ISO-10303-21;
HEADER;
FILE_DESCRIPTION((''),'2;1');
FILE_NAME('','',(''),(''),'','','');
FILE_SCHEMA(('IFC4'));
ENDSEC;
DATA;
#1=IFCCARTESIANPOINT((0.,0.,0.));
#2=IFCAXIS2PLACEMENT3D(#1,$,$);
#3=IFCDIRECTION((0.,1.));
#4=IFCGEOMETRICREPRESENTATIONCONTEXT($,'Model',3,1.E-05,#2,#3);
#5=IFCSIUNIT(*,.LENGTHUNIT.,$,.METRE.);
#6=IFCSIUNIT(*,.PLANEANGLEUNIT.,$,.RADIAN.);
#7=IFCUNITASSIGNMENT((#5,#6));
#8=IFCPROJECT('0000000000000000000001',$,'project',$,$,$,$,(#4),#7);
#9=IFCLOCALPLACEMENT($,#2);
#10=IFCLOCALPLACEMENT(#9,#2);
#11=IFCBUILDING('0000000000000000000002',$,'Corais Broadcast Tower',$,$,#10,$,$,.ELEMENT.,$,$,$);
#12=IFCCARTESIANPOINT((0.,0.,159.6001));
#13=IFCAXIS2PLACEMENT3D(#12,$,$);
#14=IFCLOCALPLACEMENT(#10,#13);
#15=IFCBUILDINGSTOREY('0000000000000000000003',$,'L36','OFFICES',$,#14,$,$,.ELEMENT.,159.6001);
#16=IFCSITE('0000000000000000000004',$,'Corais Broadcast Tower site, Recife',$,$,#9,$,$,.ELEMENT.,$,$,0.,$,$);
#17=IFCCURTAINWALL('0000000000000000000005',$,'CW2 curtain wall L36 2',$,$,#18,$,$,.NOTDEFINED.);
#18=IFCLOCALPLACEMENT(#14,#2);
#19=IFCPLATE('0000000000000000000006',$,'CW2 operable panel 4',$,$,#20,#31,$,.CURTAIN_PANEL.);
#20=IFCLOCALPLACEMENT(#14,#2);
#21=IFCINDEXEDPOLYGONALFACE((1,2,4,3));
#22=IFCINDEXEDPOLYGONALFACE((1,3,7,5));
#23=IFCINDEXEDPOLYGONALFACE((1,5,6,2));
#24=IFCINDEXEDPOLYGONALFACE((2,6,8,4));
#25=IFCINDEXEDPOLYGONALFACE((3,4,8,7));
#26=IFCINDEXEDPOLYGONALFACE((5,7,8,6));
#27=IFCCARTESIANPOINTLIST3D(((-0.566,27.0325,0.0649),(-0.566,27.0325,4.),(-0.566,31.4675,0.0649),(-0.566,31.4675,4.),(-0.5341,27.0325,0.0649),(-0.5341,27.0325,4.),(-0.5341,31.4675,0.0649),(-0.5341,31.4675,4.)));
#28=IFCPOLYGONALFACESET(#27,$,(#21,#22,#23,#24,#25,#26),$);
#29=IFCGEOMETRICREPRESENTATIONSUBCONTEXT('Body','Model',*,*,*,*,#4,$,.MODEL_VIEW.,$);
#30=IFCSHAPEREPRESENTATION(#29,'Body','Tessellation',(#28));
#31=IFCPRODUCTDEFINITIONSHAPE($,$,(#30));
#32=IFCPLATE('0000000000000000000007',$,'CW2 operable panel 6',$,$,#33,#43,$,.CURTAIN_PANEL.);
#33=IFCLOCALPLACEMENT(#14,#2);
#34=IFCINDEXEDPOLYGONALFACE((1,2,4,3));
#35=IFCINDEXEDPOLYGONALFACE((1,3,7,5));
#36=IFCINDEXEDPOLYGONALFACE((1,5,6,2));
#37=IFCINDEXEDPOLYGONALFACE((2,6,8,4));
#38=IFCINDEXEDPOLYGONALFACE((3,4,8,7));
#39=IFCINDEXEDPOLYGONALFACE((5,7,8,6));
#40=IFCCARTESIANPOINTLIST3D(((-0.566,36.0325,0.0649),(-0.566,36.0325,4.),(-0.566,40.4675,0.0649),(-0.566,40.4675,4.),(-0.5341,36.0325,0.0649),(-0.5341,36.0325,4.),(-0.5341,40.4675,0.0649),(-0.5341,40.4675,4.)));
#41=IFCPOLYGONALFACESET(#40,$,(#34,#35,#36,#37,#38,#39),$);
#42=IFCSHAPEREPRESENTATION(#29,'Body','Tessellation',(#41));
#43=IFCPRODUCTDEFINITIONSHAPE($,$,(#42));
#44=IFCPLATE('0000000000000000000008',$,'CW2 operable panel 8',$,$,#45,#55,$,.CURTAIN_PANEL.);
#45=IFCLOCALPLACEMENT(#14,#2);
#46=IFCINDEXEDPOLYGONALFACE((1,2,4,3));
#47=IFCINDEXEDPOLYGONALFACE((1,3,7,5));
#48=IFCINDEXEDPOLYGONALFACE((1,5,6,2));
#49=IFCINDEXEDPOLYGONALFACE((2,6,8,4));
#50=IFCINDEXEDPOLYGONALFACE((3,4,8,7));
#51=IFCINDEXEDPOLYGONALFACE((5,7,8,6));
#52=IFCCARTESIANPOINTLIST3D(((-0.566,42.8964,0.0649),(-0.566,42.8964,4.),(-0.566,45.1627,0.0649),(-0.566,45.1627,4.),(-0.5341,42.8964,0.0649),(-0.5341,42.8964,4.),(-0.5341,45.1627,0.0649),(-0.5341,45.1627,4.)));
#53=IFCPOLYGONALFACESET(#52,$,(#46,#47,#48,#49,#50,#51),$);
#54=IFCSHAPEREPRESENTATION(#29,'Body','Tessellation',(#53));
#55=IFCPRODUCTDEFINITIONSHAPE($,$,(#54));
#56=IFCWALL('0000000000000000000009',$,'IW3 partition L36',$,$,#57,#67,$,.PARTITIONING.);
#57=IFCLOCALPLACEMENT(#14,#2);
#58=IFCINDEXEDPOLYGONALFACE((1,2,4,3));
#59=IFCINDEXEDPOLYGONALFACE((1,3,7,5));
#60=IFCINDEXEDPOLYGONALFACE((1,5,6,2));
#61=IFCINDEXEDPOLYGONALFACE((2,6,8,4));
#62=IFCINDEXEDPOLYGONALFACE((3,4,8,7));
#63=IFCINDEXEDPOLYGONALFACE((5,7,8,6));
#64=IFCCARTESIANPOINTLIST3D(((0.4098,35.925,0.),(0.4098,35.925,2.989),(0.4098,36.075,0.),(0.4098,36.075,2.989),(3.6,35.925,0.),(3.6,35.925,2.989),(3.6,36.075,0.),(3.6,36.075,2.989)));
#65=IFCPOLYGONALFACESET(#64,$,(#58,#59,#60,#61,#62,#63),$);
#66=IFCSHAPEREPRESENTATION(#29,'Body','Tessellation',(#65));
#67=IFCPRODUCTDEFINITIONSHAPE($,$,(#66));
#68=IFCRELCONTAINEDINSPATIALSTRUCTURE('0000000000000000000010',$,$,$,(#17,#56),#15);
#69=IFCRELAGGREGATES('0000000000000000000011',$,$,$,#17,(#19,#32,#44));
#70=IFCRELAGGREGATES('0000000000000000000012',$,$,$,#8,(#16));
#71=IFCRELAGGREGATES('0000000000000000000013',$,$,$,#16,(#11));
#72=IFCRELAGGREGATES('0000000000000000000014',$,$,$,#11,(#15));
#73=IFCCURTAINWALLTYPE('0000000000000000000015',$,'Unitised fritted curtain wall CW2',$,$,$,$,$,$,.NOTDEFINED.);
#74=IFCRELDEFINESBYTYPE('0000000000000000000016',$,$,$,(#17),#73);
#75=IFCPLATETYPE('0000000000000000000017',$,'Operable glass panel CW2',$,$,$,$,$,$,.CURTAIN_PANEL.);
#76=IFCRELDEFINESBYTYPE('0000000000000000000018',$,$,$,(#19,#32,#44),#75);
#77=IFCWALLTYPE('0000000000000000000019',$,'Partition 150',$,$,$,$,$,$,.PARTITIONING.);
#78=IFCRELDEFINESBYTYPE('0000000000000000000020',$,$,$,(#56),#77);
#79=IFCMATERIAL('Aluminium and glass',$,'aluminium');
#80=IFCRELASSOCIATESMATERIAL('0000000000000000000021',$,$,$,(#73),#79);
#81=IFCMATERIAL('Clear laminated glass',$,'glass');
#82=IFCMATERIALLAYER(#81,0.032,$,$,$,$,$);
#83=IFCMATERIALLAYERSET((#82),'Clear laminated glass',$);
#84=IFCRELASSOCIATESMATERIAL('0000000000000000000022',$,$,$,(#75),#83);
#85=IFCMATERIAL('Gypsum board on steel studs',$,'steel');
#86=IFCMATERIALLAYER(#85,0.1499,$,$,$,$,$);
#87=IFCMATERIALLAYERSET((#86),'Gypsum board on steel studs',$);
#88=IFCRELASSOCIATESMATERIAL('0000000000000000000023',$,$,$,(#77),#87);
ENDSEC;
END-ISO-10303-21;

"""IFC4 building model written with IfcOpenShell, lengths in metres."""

from ifc_helpers import new_model, si_unit, direction, frame, frame_2d, origin, origin_2d, place, context, subcontext, project, spatial, rectangle, extrude, material, layer, layer_set, type_object, element, aggregate, save


model = new_model("IFC4")

# Units and contexts
model_context = context("Model", 3, precision=1e-05, world=origin(), true_north=direction((0.0, 1.0)))
body_context = subcontext(model_context, "Body", "Model", "MODEL_VIEW")
ifc_project = project(units=[si_unit("LENGTHUNIT", "METRE"), si_unit("PLANEANGLEUNIT", "RADIAN")], contexts=[model_context])

# Site, building, storey
site_placement = place(None, origin())
site = spatial("IfcSite", under=ifc_project, at=site_placement, Name="Corais Broadcast Tower site, Recife", CompositionType="ELEMENT", RefElevation=0.0)
building_placement = place(site_placement, origin())
building = spatial("IfcBuilding", under=site, at=building_placement, Name="Corais Broadcast Tower", CompositionType="ELEMENT")
storey_placement = place(building_placement, frame((0.0, 0.0, 159.6001)))
storey = spatial("IfcBuildingStorey", under=building, at=storey_placement, Name="L36", Description="OFFICES", CompositionType="ELEMENT", Elevation=159.6001)

# Curtain wall
ifc_material_1 = material(Name="Aluminium and glass", Category="aluminium")
curtain_wall_type = type_object("IfcCurtainWallType", Name="Unitised fritted curtain wall CW2", PredefinedType="NOTDEFINED", material=ifc_material_1)
curtain_wall_placement = place(storey_placement, origin())
curtain_wall = element("IfcCurtainWall", 1, at=curtain_wall_placement, inside=storey, type_object=curtain_wall_type, Name="CW2 curtain wall L36 2", PredefinedType="NOTDEFINED")

# Plates
ifc_material_2 = material(Name="Clear laminated glass", Category="glass")
ifc_layer_1 = layer(ifc_material_2, 0.032)
ifc_layer_set_1 = layer_set([ifc_layer_1], Name="Clear laminated glass")
plate_type_1 = type_object("IfcPlateType", Name="Operable glass panel CW2", PredefinedType="CURTAIN_PANEL", material=ifc_layer_set_1)
plate_1_placement = place(storey_placement, frame((-0.55, 29.25, 0.0649), z_axis=(0.0, 0.0, 1.0), x_axis=(0.0, 1.0, 0.0)))
plate_1 = element("IfcPlate", 2, at=plate_1_placement, type_object=plate_type_1, Name="CW2 operable panel 4", PredefinedType="CURTAIN_PANEL", context=body_context, shape_type="SweptSolid", body=[
    extrude(rectangle(XDim=4.4351, YDim=0.032, at=origin_2d()), origin(), (0.0, 0.0, 1.0), 3.9351),
])
plate_2_placement = place(storey_placement, frame((-0.55, 38.25, 0.0649), z_axis=(0.0, 0.0, 1.0), x_axis=(0.0, 1.0, 0.0)))
plate_2 = element("IfcPlate", 3, at=plate_2_placement, type_object=plate_type_1, Name="CW2 operable panel 6", PredefinedType="CURTAIN_PANEL", context=body_context, shape_type="SweptSolid", body=[
    extrude(rectangle(XDim=4.4351, YDim=0.032, at=origin_2d()), origin(), (0.0, 0.0, 1.0), 3.9351),
])
plate_3_placement = place(storey_placement, frame((-0.55, 44.0295, 0.0649), z_axis=(0.0, 0.0, 1.0), x_axis=(0.0, 1.0, 0.0)))
plate_3 = element("IfcPlate", 4, at=plate_3_placement, type_object=plate_type_1, Name="CW2 operable panel 8", PredefinedType="CURTAIN_PANEL", context=body_context, shape_type="SweptSolid", body=[
    extrude(rectangle(XDim=2.2664, YDim=0.032, at=origin_2d()), origin(), (0.0, 0.0, 1.0), 3.9351),
])
aggregate(curtain_wall, [plate_1, plate_2, plate_3])

# Wall
ifc_material_3 = material(Name="Gypsum board on steel studs", Category="steel")
ifc_layer_2 = layer(ifc_material_3, 0.1499)
ifc_layer_set_2 = layer_set([ifc_layer_2], Name="Gypsum board on steel studs")
wall_type = type_object("IfcWallType", Name="Partition 150", PredefinedType="PARTITIONING", material=ifc_layer_set_2)
wall_placement = place(storey_placement, frame((3.6001, 36.0, 0.0), z_axis=(0.0, 0.0, 1.0), x_axis=(-1.0, 0.0, 0.0)))
element("IfcWall", 5, at=wall_placement, inside=storey, type_object=wall_type, Name="IW3 partition L36", PredefinedType="PARTITIONING", context=body_context, shape_type="SweptSolid", body=[
    extrude(rectangle(XDim=3.1902, YDim=0.1499, at=frame_2d((1.5952, 0.0))), origin(), (0.0, 0.0, 1.0), 2.989),
])

save(model, "model.ifc")
